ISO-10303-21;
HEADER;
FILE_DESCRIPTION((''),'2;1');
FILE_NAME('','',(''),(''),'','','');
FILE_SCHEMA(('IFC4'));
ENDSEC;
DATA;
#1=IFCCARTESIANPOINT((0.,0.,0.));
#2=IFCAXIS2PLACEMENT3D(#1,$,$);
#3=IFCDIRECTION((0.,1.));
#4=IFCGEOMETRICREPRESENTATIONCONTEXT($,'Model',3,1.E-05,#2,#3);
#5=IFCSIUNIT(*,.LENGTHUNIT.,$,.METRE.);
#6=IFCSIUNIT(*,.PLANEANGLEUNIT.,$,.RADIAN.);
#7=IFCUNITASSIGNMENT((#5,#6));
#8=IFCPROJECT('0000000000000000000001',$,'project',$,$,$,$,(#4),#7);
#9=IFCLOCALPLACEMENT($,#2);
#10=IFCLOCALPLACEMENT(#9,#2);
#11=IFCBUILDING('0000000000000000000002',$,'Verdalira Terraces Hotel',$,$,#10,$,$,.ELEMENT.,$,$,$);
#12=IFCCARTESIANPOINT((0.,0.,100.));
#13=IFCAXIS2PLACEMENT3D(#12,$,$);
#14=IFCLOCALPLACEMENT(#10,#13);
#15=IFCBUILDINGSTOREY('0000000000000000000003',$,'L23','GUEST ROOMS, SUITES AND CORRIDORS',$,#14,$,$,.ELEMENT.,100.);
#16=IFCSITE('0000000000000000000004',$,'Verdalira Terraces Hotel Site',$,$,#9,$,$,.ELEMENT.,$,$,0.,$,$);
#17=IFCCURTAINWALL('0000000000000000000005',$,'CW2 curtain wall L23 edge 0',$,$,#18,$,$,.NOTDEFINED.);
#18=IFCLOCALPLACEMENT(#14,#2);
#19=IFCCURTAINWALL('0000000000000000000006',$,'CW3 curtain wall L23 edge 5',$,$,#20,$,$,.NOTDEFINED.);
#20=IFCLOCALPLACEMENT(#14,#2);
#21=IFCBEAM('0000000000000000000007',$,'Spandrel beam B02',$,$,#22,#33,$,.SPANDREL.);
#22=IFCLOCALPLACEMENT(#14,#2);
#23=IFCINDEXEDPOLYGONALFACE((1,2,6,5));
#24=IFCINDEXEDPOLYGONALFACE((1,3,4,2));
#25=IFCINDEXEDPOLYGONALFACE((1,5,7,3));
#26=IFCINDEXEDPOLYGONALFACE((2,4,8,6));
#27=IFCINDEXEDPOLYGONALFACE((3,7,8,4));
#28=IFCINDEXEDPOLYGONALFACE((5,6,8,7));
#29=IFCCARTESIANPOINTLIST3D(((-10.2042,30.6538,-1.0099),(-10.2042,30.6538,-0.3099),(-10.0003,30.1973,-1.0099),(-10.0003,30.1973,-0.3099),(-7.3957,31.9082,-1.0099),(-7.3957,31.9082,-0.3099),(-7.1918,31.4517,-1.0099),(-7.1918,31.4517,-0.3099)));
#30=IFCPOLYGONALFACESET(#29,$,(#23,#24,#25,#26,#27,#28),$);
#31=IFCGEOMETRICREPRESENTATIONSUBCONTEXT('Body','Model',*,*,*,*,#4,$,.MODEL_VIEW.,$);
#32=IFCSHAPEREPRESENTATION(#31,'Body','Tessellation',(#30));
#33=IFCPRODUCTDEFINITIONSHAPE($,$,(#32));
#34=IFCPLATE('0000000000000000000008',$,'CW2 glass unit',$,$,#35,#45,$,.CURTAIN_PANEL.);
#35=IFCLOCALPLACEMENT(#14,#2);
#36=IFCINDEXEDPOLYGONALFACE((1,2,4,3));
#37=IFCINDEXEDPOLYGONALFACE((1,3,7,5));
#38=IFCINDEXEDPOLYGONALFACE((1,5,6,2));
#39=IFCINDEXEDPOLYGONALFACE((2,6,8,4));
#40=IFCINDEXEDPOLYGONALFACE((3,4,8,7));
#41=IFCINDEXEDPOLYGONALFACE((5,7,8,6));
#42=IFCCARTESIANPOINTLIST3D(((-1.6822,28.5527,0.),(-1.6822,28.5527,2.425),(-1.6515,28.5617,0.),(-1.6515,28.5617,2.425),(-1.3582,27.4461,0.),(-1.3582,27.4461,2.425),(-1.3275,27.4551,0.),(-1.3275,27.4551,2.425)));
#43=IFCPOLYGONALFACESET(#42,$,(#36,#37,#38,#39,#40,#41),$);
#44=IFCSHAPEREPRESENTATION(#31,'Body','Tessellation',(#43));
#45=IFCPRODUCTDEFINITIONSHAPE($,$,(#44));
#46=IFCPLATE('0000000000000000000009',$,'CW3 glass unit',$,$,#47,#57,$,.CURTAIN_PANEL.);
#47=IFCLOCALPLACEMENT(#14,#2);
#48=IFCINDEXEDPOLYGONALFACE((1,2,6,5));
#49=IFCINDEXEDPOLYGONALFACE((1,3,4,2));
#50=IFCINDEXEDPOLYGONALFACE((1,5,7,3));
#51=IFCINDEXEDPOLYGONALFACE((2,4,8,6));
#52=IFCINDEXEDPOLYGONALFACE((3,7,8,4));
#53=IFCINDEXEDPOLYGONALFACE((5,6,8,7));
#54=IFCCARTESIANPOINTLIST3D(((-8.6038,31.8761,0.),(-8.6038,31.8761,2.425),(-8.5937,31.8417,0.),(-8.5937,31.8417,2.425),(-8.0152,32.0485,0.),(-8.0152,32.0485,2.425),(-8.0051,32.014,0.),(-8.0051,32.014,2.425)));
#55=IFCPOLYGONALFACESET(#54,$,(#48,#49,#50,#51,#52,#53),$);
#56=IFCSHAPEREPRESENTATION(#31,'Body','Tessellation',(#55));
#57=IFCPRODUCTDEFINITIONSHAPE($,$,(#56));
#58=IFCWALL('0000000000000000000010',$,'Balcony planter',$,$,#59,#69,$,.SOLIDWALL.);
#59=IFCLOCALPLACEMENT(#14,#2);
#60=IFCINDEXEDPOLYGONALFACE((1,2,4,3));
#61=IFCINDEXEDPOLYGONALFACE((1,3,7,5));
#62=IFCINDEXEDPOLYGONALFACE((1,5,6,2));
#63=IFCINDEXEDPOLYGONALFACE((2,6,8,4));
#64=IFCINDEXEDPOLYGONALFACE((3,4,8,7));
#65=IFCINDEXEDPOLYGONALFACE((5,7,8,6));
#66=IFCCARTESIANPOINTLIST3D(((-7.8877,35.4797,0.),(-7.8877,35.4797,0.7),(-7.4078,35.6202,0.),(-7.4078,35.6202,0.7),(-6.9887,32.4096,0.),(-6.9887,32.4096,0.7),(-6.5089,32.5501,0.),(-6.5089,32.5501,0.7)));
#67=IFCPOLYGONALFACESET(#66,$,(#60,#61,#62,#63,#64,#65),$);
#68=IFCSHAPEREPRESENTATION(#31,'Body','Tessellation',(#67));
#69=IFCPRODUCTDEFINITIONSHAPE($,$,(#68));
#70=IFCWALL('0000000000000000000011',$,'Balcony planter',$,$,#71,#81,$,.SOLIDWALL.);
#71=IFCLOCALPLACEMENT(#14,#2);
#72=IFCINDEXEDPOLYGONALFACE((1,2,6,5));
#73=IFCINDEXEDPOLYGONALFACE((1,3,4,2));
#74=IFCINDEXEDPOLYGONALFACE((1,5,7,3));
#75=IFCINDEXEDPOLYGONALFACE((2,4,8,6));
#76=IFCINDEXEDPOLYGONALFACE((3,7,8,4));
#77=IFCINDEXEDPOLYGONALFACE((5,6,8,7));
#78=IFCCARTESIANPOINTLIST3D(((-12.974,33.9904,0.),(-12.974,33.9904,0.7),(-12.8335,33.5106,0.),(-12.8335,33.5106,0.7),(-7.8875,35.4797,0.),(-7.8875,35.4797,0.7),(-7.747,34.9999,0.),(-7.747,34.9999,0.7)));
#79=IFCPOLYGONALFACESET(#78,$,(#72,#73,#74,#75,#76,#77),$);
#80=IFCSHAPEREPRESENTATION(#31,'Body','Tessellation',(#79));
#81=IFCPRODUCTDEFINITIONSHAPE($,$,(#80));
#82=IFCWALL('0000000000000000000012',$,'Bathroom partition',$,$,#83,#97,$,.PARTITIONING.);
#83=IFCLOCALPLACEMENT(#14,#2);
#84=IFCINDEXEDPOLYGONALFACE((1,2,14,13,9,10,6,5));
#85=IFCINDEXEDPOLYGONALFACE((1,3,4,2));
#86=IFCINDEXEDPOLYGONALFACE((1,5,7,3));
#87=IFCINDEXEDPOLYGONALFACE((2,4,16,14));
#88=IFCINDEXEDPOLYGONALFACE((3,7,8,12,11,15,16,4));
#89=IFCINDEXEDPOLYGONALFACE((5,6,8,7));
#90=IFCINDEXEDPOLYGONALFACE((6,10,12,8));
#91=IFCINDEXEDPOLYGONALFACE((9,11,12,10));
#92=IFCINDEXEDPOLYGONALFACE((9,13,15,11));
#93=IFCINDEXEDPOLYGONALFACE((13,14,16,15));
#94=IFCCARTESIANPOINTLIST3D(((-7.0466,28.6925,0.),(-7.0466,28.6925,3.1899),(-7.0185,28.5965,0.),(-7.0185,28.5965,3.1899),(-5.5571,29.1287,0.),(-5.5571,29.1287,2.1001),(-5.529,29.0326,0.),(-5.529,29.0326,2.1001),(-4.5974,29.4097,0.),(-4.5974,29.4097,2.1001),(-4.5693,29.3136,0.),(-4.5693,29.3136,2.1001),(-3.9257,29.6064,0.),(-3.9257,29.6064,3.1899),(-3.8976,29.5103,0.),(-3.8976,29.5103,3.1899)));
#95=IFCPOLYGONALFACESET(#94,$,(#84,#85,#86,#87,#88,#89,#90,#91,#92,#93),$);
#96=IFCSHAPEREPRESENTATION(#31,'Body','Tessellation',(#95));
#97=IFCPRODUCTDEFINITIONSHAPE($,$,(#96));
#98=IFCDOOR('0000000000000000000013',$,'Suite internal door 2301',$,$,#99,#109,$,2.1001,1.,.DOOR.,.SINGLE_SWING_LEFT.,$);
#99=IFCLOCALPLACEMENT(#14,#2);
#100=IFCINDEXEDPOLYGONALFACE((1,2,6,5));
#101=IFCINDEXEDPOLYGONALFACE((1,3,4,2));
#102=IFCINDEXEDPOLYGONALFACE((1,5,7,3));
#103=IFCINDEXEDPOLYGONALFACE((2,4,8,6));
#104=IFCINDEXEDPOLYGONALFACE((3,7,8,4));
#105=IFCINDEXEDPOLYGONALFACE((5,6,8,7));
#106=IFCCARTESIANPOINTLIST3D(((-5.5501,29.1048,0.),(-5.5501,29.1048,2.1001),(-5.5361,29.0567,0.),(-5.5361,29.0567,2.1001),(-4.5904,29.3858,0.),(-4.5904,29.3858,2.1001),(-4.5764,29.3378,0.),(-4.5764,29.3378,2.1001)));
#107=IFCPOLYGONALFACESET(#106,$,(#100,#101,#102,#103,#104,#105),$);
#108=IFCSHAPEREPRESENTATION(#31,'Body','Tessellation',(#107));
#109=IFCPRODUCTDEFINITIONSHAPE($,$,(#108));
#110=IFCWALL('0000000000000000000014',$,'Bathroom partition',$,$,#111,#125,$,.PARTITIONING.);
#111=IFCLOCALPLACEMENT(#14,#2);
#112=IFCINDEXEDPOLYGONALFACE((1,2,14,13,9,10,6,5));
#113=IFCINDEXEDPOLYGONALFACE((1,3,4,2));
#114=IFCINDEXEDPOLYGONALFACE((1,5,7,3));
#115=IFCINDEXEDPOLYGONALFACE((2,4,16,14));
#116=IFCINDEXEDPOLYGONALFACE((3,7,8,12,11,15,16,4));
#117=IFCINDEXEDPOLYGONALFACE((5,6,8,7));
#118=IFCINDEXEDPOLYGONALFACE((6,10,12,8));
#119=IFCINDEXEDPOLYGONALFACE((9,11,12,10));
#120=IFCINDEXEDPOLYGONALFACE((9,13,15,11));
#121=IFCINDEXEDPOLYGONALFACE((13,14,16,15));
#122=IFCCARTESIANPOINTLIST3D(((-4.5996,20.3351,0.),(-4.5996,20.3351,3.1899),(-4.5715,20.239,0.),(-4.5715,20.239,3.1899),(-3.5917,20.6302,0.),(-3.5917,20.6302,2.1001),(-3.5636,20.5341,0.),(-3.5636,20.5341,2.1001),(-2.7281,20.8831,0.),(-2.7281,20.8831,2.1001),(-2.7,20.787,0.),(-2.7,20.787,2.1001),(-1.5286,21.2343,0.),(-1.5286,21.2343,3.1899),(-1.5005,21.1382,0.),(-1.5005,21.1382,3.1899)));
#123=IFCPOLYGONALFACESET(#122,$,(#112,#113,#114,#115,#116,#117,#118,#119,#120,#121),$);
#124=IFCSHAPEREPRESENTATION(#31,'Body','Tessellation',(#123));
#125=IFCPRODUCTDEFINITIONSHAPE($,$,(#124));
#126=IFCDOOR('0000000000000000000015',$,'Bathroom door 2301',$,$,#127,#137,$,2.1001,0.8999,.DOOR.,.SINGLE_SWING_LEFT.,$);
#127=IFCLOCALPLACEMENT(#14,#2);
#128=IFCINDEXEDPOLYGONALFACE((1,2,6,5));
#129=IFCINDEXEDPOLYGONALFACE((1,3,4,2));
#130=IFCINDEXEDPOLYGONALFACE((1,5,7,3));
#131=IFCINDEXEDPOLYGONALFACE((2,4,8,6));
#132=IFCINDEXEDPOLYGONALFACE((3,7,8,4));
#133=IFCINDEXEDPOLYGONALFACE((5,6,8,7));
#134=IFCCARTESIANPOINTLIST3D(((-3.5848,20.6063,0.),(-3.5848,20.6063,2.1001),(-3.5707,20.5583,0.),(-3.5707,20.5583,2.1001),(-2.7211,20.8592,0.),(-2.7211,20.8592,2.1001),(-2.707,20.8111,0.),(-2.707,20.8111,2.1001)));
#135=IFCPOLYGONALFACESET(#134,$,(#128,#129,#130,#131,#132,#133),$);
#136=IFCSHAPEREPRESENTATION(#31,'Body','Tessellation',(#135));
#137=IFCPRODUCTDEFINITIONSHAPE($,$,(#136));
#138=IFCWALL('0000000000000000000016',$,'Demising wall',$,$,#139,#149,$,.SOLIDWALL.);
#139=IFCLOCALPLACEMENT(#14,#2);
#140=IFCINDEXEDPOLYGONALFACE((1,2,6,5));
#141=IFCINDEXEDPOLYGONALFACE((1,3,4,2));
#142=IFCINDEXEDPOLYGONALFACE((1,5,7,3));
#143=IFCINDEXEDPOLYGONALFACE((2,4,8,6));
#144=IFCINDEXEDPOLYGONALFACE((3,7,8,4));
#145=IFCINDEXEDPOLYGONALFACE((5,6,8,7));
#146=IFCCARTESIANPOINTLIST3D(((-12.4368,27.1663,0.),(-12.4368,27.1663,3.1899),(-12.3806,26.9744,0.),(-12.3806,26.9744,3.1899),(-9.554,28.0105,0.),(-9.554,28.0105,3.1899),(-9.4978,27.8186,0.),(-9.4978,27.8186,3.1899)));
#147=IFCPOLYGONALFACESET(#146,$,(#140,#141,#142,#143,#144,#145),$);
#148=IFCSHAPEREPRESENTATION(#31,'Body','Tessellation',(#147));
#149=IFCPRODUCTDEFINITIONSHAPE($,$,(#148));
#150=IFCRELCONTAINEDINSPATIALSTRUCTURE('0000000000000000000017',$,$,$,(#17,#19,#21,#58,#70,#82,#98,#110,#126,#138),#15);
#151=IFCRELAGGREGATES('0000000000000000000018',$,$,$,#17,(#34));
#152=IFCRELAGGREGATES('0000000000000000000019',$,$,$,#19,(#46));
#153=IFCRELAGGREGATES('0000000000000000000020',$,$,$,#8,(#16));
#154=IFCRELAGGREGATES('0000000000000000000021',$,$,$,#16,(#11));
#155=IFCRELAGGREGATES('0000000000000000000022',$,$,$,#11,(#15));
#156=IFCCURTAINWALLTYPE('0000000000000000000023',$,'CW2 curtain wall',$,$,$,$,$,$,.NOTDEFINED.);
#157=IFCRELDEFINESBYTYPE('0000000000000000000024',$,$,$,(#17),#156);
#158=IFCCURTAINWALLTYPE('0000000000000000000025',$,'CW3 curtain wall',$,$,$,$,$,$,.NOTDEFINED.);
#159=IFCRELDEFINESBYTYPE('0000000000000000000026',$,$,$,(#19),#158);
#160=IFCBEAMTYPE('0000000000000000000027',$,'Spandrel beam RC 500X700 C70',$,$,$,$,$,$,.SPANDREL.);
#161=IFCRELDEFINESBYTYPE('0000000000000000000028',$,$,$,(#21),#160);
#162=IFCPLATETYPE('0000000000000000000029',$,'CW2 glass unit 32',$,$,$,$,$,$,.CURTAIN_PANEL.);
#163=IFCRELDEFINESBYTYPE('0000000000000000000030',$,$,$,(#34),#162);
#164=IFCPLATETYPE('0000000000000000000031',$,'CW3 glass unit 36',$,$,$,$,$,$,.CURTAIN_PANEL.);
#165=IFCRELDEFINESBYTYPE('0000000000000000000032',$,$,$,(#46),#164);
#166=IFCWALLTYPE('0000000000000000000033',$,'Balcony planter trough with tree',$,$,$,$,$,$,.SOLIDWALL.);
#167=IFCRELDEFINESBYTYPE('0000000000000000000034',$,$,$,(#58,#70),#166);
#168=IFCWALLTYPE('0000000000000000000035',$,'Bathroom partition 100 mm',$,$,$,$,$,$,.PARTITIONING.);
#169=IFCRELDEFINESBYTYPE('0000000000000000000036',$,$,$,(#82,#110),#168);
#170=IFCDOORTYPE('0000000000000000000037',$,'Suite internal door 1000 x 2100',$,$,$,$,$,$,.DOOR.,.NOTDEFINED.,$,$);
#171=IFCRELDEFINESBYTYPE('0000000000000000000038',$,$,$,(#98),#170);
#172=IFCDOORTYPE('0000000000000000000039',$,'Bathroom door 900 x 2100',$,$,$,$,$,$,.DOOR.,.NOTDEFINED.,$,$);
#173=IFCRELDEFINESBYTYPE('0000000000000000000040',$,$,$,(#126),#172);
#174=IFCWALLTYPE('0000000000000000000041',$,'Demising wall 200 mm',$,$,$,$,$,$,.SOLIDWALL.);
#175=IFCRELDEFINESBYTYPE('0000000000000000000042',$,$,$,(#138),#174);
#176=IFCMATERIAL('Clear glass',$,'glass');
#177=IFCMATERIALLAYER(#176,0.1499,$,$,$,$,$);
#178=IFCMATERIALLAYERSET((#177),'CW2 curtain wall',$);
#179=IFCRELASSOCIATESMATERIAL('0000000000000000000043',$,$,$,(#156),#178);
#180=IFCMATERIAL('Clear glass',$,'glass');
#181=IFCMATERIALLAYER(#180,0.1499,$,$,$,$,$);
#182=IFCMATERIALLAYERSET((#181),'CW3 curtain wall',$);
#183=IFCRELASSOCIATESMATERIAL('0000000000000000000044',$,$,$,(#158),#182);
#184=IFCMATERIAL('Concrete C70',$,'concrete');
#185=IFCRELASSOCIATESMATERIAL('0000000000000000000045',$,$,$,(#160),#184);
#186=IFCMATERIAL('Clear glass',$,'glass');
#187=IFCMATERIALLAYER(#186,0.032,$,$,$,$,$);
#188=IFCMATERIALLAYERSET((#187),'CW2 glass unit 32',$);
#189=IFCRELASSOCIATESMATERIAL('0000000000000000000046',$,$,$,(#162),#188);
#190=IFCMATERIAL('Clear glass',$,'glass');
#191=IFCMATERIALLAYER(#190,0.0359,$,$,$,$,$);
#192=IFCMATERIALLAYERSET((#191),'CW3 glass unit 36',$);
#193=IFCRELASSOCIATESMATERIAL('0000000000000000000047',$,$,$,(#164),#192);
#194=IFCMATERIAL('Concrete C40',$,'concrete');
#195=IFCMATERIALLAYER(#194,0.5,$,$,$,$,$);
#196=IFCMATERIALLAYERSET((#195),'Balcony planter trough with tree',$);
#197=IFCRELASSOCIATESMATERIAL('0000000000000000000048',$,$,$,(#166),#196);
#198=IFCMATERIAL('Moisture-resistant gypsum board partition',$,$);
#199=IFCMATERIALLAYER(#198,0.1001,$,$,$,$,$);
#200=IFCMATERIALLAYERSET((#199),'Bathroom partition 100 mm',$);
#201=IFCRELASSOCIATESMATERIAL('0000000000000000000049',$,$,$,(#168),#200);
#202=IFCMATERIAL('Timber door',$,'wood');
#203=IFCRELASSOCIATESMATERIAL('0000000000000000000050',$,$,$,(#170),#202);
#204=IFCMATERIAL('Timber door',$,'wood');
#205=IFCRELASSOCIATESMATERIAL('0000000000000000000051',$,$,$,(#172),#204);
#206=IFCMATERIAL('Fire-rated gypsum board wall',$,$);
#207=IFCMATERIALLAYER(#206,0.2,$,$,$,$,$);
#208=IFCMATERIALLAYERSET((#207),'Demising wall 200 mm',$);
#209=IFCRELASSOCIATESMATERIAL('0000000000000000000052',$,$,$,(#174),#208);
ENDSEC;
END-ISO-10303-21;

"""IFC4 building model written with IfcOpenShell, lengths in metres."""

from ifc_helpers import new_model, si_unit, direction, frame, frame_2d, origin, origin_2d, place, context, subcontext, project, spatial, rectangle, extrude, material, layer, layer_set, material_profile, profile_set, type_object, element, fill, aggregate, save


model = new_model("IFC4")

# Units and contexts
model_context = context("Model", 3, precision=1e-05, world=origin(), true_north=direction((0.0, 1.0)))
body_context = subcontext(model_context, "Body", "Model", "MODEL_VIEW")
ifc_project = project(units=[si_unit("LENGTHUNIT", "METRE"), si_unit("PLANEANGLEUNIT", "RADIAN")], contexts=[model_context])

# Site, building, storey
site_placement = place(None, origin())
site = spatial("IfcSite", under=ifc_project, at=site_placement, Name="Verdalira Terraces Hotel Site", CompositionType="ELEMENT", RefElevation=0.0)
building_placement = place(site_placement, origin())
building = spatial("IfcBuilding", under=site, at=building_placement, Name="Verdalira Terraces Hotel", CompositionType="ELEMENT")
storey_placement = place(building_placement, frame((0.0, 0.0, 100.0)))
storey = spatial("IfcBuildingStorey", under=building, at=storey_placement, Name="L23", Description="GUEST ROOMS, SUITES AND CORRIDORS", CompositionType="ELEMENT", Elevation=100.0)

# Curtain wall
ifc_material_1 = material(Name="Clear glass", Category="glass")
ifc_layer_1 = layer(ifc_material_1, 0.1499)
ifc_layer_set_1 = layer_set([ifc_layer_1], Name="CW2 curtain wall")
curtain_wall_type_1 = type_object("IfcCurtainWallType", Name="CW2 curtain wall", PredefinedType="NOTDEFINED", material=ifc_layer_set_1)
curtain_wall_1_placement = place(storey_placement, origin())
curtain_wall_1 = element("IfcCurtainWall", 1, at=curtain_wall_1_placement, inside=storey, type_object=curtain_wall_type_1, Name="CW2 curtain wall L23 edge 0", PredefinedType="NOTDEFINED")

# Curtain wall
ifc_material_2 = material(Name="Clear glass", Category="glass")
ifc_layer_2 = layer(ifc_material_2, 0.1499)
ifc_layer_set_2 = layer_set([ifc_layer_2], Name="CW3 curtain wall")
curtain_wall_type_2 = type_object("IfcCurtainWallType", Name="CW3 curtain wall", PredefinedType="NOTDEFINED", material=ifc_layer_set_2)
curtain_wall_2_placement = place(storey_placement, origin())
curtain_wall_2 = element("IfcCurtainWall", 2, at=curtain_wall_2_placement, inside=storey, type_object=curtain_wall_type_2, Name="CW3 curtain wall L23 edge 5", PredefinedType="NOTDEFINED")

# Beam
ifc_material_3 = material(Name="Concrete C70", Category="concrete")
ifc_material_profile_1 = material_profile(ifc_material_3, rectangle(XDim=0.5, YDim=0.7, at=origin_2d()), Name="RC 500X700")
ifc_profile_set_1 = profile_set([ifc_material_profile_1], Name="Concrete C70")
beam_type_1 = type_object("IfcBeamType", Name="Spandrel beam RC 500X700 C70", PredefinedType="SPANDREL", material=ifc_profile_set_1)
beam_1_placement = place(storey_placement, frame((-7.2937, 31.6799, -0.6599), z_axis=(-0.91307, -0.407802, 0.0), x_axis=(0.407802, -0.91307, 0.0)))
element("IfcBeam", 3, at=beam_1_placement, inside=storey, type_object=beam_type_1, Name="Spandrel beam B02", PredefinedType="SPANDREL", context=body_context, shape_type="SweptSolid", body=[
    extrude(rectangle(XDim=0.5, YDim=0.7, at=origin_2d()), origin(), (0.0, 0.0, 1.0), 3.0759),
])

# Plates
ifc_material_4 = material(Name="Clear glass", Category="glass")
ifc_layer_3 = layer(ifc_material_4, 0.032)
ifc_layer_set_3 = layer_set([ifc_layer_3], Name="CW2 glass unit 32")
plate_type_1 = type_object("IfcPlateType", Name="CW2 glass unit 32", PredefinedType="CURTAIN_PANEL", material=ifc_layer_set_3)
plate_1_placement = place(storey_placement, frame((-1.5049, 28.0039, 0.0), z_axis=(0.0, 0.0, 1.0), x_axis=(-0.281002, 0.959707, 0.0)))
plate_1 = element("IfcPlate", 4, at=plate_1_placement, type_object=plate_type_1, Name="CW2 glass unit", PredefinedType="CURTAIN_PANEL", context=body_context, shape_type="SweptSolid", body=[
    extrude(rectangle(XDim=1.1531, YDim=0.032, at=origin_2d()), origin(), (0.0, 0.0, 1.0), 2.425),
])
aggregate(curtain_wall_1, [plate_1])
ifc_material_5 = material(Name="Clear glass", Category="glass")
ifc_layer_4 = layer(ifc_material_5, 0.0359)
ifc_layer_set_4 = layer_set([ifc_layer_4], Name="CW3 glass unit 36")
plate_type_2 = type_object("IfcPlateType", Name="CW3 glass unit 36", PredefinedType="CURTAIN_PANEL", material=ifc_layer_set_4)
plate_2_placement = place(storey_placement, frame((-8.3044, 31.9451, 0.0), z_axis=(0.0, 0.0, 1.0), x_axis=(-0.959707, -0.281002, 0.0)))
plate_2 = element("IfcPlate", 5, at=plate_2_placement, type_object=plate_type_2, Name="CW3 glass unit", PredefinedType="CURTAIN_PANEL", context=body_context, shape_type="SweptSolid", body=[
    extrude(rectangle(XDim=0.6133, YDim=0.0359, at=origin_2d()), origin(), (0.0, 0.0, 1.0), 2.425),
])
aggregate(curtain_wall_2, [plate_2])

# Walls
ifc_material_6 = material(Name="Concrete C40", Category="concrete")
ifc_layer_5 = layer(ifc_material_6, 0.5)
ifc_layer_set_5 = layer_set([ifc_layer_5], Name="Balcony planter trough with tree")
wall_type_1 = type_object("IfcWallType", Name="Balcony planter trough with tree", PredefinedType="SOLIDWALL", material=ifc_layer_set_5)
wall_1_placement = place(storey_placement, frame((-6.7488, 32.4797, 0.0), z_axis=(0.0, 0.0, 1.0), x_axis=(-0.281005, 0.959706, 0.0)))
element("IfcWall", 6, at=wall_1_placement, inside=storey, type_object=wall_type_1, Name="Balcony planter", PredefinedType="SOLIDWALL", context=body_context, shape_type="SweptSolid", body=[
    extrude(rectangle(XDim=3.199, YDim=0.5, at=frame_2d((1.5996, 0.0))), origin(), (0.0, 0.0, 1.0), 0.7),
])
wall_2_placement = place(storey_placement, frame((-7.8174, 35.2397, 0.0), z_axis=(0.0, 0.0, 1.0), x_axis=(-0.95971, -0.280994, 0.0)))
element("IfcWall", 7, at=wall_2_placement, inside=storey, type_object=wall_type_1, Name="Balcony planter", PredefinedType="SOLIDWALL", context=body_context, shape_type="SweptSolid", body=[
    extrude(rectangle(XDim=5.3, YDim=0.5, at=frame_2d((2.6499, 0.0))), origin(), (0.0, 0.0, 1.0), 0.7),
])

# Walls, openings, doors
ifc_material_7 = material(Name="Moisture-resistant gypsum board partition")
ifc_layer_6 = layer(ifc_material_7, 0.1001)
ifc_layer_set_6 = layer_set([ifc_layer_6], Name="Bathroom partition 100 mm")
wall_type_2 = type_object("IfcWallType", Name="Bathroom partition 100 mm", PredefinedType="PARTITIONING", material=ifc_layer_set_6)
wall_3_placement = place(storey_placement, frame((-3.9116, 29.5584, 0.0), z_axis=(0.0, 0.0, 1.0), x_axis=(-0.959704, -0.281012, 0.0)))
wall_3 = element("IfcWall", 8, at=wall_3_placement, inside=storey, type_object=wall_type_2, Name="Bathroom partition", PredefinedType="PARTITIONING", context=body_context, shape_type="SweptSolid", body=[
    extrude(rectangle(XDim=3.252, YDim=0.1001, at=frame_2d((1.626, 0.0))), origin(), (0.0, 0.0, 1.0), 3.1899),
])
opening_1_placement = place(wall_3_placement, frame((0.7, 0.0, 0.0)))
opening_1 = element("IfcOpeningElement", 9, at=opening_1_placement, cuts=wall_3, PredefinedType="OPENING", context=body_context, shape_type="SweptSolid", body=[
    extrude(rectangle(XDim=1.0, YDim=2.1001, at=frame_2d((0.5, 1.05))), frame((0.0, 0.0601, 0.0), z_axis=(0.0, -1.0, 0.0), x_axis=(1.0, 0.0, 0.0)), (0.0, 0.0, 1.0), 0.1201),
])
ifc_material_8 = material(Name="Timber door", Category="wood")
door_type_1 = type_object("IfcDoorType", Name="Suite internal door 1000 x 2100", OperationType="NOTDEFINED", PredefinedType="DOOR", material=ifc_material_8)
door_1_placement = place(opening_1_placement, origin())
door_1 = element("IfcDoor", 10, at=door_1_placement, inside=storey, type_object=door_type_1, Name="Suite internal door 2301", OperationType="SINGLE_SWING_LEFT", OverallHeight=2.1001, OverallWidth=1.0, PredefinedType="DOOR", context=body_context, shape_type="SweptSolid", body=[
    extrude(rectangle(XDim=1.0, YDim=2.1001, at=frame_2d((0.5, 1.05))), frame((0.0, 0.0249, 0.0), z_axis=(0.0, -1.0, 0.0), x_axis=(1.0, 0.0, 0.0)), (0.0, 0.0, 1.0), 0.05),
])
fill(opening_1, door_1)
wall_4_placement = place(storey_placement, frame((-1.5144, 21.1863, 0.0), z_axis=(0.0, 0.0, 1.0), x_axis=(-0.95971, -0.280993, 0.0)))
wall_4 = element("IfcWall", 11, at=wall_4_placement, inside=storey, type_object=wall_type_2, Name="Bathroom partition", PredefinedType="PARTITIONING", context=body_context, shape_type="SweptSolid", body=[
    extrude(rectangle(XDim=3.2, YDim=0.1001, at=frame_2d((1.6001, 0.0))), origin(), (0.0, 0.0, 1.0), 3.1899),
])
opening_2_placement = place(wall_4_placement, frame((1.25, 0.0, 0.0)))
opening_2 = element("IfcOpeningElement", 12, at=opening_2_placement, cuts=wall_4, PredefinedType="OPENING", context=body_context, shape_type="SweptSolid", body=[
    extrude(rectangle(XDim=0.8999, YDim=2.1001, at=frame_2d((0.45, 1.05))), frame((0.0, 0.0601, 0.0), z_axis=(0.0, -1.0, 0.0), x_axis=(1.0, 0.0, 0.0)), (0.0, 0.0, 1.0), 0.1201),
])
ifc_material_9 = material(Name="Timber door", Category="wood")
door_type_2 = type_object("IfcDoorType", Name="Bathroom door 900 x 2100", OperationType="NOTDEFINED", PredefinedType="DOOR", material=ifc_material_9)
door_2_placement = place(opening_2_placement, origin())
door_2 = element("IfcDoor", 13, at=door_2_placement, inside=storey, type_object=door_type_2, Name="Bathroom door 2301", OperationType="SINGLE_SWING_LEFT", OverallHeight=2.1001, OverallWidth=0.8999, PredefinedType="DOOR", context=body_context, shape_type="SweptSolid", body=[
    extrude(rectangle(XDim=0.8999, YDim=2.1001, at=frame_2d((0.45, 1.05))), frame((0.0, 0.0249, 0.0), z_axis=(0.0, -1.0, 0.0), x_axis=(1.0, 0.0, 0.0)), (0.0, 0.0, 1.0), 0.05),
])
fill(opening_2, door_2)

# Wall
ifc_material_10 = material(Name="Fire-rated gypsum board wall")
ifc_layer_7 = layer(ifc_material_10, 0.2)
ifc_layer_set_7 = layer_set([ifc_layer_7], Name="Demising wall 200 mm")
wall_type_3 = type_object("IfcWallType", Name="Demising wall 200 mm", PredefinedType="SOLIDWALL", material=ifc_layer_set_7)
wall_5_placement = place(storey_placement, frame((-9.5259, 27.9146, 0.0), z_axis=(0.0, 0.0, 1.0), x_axis=(-0.959694, -0.281048, 0.0)))
element("IfcWall", 14, at=wall_5_placement, inside=storey, type_object=wall_type_3, Name="Demising wall", PredefinedType="SOLIDWALL", context=body_context, shape_type="SweptSolid", body=[
    extrude(rectangle(XDim=3.0039, YDim=0.2, at=frame_2d((1.502, 0.0))), origin(), (0.0, 0.0, 1.0), 3.1899),
])

save(model, "model.ifc")
